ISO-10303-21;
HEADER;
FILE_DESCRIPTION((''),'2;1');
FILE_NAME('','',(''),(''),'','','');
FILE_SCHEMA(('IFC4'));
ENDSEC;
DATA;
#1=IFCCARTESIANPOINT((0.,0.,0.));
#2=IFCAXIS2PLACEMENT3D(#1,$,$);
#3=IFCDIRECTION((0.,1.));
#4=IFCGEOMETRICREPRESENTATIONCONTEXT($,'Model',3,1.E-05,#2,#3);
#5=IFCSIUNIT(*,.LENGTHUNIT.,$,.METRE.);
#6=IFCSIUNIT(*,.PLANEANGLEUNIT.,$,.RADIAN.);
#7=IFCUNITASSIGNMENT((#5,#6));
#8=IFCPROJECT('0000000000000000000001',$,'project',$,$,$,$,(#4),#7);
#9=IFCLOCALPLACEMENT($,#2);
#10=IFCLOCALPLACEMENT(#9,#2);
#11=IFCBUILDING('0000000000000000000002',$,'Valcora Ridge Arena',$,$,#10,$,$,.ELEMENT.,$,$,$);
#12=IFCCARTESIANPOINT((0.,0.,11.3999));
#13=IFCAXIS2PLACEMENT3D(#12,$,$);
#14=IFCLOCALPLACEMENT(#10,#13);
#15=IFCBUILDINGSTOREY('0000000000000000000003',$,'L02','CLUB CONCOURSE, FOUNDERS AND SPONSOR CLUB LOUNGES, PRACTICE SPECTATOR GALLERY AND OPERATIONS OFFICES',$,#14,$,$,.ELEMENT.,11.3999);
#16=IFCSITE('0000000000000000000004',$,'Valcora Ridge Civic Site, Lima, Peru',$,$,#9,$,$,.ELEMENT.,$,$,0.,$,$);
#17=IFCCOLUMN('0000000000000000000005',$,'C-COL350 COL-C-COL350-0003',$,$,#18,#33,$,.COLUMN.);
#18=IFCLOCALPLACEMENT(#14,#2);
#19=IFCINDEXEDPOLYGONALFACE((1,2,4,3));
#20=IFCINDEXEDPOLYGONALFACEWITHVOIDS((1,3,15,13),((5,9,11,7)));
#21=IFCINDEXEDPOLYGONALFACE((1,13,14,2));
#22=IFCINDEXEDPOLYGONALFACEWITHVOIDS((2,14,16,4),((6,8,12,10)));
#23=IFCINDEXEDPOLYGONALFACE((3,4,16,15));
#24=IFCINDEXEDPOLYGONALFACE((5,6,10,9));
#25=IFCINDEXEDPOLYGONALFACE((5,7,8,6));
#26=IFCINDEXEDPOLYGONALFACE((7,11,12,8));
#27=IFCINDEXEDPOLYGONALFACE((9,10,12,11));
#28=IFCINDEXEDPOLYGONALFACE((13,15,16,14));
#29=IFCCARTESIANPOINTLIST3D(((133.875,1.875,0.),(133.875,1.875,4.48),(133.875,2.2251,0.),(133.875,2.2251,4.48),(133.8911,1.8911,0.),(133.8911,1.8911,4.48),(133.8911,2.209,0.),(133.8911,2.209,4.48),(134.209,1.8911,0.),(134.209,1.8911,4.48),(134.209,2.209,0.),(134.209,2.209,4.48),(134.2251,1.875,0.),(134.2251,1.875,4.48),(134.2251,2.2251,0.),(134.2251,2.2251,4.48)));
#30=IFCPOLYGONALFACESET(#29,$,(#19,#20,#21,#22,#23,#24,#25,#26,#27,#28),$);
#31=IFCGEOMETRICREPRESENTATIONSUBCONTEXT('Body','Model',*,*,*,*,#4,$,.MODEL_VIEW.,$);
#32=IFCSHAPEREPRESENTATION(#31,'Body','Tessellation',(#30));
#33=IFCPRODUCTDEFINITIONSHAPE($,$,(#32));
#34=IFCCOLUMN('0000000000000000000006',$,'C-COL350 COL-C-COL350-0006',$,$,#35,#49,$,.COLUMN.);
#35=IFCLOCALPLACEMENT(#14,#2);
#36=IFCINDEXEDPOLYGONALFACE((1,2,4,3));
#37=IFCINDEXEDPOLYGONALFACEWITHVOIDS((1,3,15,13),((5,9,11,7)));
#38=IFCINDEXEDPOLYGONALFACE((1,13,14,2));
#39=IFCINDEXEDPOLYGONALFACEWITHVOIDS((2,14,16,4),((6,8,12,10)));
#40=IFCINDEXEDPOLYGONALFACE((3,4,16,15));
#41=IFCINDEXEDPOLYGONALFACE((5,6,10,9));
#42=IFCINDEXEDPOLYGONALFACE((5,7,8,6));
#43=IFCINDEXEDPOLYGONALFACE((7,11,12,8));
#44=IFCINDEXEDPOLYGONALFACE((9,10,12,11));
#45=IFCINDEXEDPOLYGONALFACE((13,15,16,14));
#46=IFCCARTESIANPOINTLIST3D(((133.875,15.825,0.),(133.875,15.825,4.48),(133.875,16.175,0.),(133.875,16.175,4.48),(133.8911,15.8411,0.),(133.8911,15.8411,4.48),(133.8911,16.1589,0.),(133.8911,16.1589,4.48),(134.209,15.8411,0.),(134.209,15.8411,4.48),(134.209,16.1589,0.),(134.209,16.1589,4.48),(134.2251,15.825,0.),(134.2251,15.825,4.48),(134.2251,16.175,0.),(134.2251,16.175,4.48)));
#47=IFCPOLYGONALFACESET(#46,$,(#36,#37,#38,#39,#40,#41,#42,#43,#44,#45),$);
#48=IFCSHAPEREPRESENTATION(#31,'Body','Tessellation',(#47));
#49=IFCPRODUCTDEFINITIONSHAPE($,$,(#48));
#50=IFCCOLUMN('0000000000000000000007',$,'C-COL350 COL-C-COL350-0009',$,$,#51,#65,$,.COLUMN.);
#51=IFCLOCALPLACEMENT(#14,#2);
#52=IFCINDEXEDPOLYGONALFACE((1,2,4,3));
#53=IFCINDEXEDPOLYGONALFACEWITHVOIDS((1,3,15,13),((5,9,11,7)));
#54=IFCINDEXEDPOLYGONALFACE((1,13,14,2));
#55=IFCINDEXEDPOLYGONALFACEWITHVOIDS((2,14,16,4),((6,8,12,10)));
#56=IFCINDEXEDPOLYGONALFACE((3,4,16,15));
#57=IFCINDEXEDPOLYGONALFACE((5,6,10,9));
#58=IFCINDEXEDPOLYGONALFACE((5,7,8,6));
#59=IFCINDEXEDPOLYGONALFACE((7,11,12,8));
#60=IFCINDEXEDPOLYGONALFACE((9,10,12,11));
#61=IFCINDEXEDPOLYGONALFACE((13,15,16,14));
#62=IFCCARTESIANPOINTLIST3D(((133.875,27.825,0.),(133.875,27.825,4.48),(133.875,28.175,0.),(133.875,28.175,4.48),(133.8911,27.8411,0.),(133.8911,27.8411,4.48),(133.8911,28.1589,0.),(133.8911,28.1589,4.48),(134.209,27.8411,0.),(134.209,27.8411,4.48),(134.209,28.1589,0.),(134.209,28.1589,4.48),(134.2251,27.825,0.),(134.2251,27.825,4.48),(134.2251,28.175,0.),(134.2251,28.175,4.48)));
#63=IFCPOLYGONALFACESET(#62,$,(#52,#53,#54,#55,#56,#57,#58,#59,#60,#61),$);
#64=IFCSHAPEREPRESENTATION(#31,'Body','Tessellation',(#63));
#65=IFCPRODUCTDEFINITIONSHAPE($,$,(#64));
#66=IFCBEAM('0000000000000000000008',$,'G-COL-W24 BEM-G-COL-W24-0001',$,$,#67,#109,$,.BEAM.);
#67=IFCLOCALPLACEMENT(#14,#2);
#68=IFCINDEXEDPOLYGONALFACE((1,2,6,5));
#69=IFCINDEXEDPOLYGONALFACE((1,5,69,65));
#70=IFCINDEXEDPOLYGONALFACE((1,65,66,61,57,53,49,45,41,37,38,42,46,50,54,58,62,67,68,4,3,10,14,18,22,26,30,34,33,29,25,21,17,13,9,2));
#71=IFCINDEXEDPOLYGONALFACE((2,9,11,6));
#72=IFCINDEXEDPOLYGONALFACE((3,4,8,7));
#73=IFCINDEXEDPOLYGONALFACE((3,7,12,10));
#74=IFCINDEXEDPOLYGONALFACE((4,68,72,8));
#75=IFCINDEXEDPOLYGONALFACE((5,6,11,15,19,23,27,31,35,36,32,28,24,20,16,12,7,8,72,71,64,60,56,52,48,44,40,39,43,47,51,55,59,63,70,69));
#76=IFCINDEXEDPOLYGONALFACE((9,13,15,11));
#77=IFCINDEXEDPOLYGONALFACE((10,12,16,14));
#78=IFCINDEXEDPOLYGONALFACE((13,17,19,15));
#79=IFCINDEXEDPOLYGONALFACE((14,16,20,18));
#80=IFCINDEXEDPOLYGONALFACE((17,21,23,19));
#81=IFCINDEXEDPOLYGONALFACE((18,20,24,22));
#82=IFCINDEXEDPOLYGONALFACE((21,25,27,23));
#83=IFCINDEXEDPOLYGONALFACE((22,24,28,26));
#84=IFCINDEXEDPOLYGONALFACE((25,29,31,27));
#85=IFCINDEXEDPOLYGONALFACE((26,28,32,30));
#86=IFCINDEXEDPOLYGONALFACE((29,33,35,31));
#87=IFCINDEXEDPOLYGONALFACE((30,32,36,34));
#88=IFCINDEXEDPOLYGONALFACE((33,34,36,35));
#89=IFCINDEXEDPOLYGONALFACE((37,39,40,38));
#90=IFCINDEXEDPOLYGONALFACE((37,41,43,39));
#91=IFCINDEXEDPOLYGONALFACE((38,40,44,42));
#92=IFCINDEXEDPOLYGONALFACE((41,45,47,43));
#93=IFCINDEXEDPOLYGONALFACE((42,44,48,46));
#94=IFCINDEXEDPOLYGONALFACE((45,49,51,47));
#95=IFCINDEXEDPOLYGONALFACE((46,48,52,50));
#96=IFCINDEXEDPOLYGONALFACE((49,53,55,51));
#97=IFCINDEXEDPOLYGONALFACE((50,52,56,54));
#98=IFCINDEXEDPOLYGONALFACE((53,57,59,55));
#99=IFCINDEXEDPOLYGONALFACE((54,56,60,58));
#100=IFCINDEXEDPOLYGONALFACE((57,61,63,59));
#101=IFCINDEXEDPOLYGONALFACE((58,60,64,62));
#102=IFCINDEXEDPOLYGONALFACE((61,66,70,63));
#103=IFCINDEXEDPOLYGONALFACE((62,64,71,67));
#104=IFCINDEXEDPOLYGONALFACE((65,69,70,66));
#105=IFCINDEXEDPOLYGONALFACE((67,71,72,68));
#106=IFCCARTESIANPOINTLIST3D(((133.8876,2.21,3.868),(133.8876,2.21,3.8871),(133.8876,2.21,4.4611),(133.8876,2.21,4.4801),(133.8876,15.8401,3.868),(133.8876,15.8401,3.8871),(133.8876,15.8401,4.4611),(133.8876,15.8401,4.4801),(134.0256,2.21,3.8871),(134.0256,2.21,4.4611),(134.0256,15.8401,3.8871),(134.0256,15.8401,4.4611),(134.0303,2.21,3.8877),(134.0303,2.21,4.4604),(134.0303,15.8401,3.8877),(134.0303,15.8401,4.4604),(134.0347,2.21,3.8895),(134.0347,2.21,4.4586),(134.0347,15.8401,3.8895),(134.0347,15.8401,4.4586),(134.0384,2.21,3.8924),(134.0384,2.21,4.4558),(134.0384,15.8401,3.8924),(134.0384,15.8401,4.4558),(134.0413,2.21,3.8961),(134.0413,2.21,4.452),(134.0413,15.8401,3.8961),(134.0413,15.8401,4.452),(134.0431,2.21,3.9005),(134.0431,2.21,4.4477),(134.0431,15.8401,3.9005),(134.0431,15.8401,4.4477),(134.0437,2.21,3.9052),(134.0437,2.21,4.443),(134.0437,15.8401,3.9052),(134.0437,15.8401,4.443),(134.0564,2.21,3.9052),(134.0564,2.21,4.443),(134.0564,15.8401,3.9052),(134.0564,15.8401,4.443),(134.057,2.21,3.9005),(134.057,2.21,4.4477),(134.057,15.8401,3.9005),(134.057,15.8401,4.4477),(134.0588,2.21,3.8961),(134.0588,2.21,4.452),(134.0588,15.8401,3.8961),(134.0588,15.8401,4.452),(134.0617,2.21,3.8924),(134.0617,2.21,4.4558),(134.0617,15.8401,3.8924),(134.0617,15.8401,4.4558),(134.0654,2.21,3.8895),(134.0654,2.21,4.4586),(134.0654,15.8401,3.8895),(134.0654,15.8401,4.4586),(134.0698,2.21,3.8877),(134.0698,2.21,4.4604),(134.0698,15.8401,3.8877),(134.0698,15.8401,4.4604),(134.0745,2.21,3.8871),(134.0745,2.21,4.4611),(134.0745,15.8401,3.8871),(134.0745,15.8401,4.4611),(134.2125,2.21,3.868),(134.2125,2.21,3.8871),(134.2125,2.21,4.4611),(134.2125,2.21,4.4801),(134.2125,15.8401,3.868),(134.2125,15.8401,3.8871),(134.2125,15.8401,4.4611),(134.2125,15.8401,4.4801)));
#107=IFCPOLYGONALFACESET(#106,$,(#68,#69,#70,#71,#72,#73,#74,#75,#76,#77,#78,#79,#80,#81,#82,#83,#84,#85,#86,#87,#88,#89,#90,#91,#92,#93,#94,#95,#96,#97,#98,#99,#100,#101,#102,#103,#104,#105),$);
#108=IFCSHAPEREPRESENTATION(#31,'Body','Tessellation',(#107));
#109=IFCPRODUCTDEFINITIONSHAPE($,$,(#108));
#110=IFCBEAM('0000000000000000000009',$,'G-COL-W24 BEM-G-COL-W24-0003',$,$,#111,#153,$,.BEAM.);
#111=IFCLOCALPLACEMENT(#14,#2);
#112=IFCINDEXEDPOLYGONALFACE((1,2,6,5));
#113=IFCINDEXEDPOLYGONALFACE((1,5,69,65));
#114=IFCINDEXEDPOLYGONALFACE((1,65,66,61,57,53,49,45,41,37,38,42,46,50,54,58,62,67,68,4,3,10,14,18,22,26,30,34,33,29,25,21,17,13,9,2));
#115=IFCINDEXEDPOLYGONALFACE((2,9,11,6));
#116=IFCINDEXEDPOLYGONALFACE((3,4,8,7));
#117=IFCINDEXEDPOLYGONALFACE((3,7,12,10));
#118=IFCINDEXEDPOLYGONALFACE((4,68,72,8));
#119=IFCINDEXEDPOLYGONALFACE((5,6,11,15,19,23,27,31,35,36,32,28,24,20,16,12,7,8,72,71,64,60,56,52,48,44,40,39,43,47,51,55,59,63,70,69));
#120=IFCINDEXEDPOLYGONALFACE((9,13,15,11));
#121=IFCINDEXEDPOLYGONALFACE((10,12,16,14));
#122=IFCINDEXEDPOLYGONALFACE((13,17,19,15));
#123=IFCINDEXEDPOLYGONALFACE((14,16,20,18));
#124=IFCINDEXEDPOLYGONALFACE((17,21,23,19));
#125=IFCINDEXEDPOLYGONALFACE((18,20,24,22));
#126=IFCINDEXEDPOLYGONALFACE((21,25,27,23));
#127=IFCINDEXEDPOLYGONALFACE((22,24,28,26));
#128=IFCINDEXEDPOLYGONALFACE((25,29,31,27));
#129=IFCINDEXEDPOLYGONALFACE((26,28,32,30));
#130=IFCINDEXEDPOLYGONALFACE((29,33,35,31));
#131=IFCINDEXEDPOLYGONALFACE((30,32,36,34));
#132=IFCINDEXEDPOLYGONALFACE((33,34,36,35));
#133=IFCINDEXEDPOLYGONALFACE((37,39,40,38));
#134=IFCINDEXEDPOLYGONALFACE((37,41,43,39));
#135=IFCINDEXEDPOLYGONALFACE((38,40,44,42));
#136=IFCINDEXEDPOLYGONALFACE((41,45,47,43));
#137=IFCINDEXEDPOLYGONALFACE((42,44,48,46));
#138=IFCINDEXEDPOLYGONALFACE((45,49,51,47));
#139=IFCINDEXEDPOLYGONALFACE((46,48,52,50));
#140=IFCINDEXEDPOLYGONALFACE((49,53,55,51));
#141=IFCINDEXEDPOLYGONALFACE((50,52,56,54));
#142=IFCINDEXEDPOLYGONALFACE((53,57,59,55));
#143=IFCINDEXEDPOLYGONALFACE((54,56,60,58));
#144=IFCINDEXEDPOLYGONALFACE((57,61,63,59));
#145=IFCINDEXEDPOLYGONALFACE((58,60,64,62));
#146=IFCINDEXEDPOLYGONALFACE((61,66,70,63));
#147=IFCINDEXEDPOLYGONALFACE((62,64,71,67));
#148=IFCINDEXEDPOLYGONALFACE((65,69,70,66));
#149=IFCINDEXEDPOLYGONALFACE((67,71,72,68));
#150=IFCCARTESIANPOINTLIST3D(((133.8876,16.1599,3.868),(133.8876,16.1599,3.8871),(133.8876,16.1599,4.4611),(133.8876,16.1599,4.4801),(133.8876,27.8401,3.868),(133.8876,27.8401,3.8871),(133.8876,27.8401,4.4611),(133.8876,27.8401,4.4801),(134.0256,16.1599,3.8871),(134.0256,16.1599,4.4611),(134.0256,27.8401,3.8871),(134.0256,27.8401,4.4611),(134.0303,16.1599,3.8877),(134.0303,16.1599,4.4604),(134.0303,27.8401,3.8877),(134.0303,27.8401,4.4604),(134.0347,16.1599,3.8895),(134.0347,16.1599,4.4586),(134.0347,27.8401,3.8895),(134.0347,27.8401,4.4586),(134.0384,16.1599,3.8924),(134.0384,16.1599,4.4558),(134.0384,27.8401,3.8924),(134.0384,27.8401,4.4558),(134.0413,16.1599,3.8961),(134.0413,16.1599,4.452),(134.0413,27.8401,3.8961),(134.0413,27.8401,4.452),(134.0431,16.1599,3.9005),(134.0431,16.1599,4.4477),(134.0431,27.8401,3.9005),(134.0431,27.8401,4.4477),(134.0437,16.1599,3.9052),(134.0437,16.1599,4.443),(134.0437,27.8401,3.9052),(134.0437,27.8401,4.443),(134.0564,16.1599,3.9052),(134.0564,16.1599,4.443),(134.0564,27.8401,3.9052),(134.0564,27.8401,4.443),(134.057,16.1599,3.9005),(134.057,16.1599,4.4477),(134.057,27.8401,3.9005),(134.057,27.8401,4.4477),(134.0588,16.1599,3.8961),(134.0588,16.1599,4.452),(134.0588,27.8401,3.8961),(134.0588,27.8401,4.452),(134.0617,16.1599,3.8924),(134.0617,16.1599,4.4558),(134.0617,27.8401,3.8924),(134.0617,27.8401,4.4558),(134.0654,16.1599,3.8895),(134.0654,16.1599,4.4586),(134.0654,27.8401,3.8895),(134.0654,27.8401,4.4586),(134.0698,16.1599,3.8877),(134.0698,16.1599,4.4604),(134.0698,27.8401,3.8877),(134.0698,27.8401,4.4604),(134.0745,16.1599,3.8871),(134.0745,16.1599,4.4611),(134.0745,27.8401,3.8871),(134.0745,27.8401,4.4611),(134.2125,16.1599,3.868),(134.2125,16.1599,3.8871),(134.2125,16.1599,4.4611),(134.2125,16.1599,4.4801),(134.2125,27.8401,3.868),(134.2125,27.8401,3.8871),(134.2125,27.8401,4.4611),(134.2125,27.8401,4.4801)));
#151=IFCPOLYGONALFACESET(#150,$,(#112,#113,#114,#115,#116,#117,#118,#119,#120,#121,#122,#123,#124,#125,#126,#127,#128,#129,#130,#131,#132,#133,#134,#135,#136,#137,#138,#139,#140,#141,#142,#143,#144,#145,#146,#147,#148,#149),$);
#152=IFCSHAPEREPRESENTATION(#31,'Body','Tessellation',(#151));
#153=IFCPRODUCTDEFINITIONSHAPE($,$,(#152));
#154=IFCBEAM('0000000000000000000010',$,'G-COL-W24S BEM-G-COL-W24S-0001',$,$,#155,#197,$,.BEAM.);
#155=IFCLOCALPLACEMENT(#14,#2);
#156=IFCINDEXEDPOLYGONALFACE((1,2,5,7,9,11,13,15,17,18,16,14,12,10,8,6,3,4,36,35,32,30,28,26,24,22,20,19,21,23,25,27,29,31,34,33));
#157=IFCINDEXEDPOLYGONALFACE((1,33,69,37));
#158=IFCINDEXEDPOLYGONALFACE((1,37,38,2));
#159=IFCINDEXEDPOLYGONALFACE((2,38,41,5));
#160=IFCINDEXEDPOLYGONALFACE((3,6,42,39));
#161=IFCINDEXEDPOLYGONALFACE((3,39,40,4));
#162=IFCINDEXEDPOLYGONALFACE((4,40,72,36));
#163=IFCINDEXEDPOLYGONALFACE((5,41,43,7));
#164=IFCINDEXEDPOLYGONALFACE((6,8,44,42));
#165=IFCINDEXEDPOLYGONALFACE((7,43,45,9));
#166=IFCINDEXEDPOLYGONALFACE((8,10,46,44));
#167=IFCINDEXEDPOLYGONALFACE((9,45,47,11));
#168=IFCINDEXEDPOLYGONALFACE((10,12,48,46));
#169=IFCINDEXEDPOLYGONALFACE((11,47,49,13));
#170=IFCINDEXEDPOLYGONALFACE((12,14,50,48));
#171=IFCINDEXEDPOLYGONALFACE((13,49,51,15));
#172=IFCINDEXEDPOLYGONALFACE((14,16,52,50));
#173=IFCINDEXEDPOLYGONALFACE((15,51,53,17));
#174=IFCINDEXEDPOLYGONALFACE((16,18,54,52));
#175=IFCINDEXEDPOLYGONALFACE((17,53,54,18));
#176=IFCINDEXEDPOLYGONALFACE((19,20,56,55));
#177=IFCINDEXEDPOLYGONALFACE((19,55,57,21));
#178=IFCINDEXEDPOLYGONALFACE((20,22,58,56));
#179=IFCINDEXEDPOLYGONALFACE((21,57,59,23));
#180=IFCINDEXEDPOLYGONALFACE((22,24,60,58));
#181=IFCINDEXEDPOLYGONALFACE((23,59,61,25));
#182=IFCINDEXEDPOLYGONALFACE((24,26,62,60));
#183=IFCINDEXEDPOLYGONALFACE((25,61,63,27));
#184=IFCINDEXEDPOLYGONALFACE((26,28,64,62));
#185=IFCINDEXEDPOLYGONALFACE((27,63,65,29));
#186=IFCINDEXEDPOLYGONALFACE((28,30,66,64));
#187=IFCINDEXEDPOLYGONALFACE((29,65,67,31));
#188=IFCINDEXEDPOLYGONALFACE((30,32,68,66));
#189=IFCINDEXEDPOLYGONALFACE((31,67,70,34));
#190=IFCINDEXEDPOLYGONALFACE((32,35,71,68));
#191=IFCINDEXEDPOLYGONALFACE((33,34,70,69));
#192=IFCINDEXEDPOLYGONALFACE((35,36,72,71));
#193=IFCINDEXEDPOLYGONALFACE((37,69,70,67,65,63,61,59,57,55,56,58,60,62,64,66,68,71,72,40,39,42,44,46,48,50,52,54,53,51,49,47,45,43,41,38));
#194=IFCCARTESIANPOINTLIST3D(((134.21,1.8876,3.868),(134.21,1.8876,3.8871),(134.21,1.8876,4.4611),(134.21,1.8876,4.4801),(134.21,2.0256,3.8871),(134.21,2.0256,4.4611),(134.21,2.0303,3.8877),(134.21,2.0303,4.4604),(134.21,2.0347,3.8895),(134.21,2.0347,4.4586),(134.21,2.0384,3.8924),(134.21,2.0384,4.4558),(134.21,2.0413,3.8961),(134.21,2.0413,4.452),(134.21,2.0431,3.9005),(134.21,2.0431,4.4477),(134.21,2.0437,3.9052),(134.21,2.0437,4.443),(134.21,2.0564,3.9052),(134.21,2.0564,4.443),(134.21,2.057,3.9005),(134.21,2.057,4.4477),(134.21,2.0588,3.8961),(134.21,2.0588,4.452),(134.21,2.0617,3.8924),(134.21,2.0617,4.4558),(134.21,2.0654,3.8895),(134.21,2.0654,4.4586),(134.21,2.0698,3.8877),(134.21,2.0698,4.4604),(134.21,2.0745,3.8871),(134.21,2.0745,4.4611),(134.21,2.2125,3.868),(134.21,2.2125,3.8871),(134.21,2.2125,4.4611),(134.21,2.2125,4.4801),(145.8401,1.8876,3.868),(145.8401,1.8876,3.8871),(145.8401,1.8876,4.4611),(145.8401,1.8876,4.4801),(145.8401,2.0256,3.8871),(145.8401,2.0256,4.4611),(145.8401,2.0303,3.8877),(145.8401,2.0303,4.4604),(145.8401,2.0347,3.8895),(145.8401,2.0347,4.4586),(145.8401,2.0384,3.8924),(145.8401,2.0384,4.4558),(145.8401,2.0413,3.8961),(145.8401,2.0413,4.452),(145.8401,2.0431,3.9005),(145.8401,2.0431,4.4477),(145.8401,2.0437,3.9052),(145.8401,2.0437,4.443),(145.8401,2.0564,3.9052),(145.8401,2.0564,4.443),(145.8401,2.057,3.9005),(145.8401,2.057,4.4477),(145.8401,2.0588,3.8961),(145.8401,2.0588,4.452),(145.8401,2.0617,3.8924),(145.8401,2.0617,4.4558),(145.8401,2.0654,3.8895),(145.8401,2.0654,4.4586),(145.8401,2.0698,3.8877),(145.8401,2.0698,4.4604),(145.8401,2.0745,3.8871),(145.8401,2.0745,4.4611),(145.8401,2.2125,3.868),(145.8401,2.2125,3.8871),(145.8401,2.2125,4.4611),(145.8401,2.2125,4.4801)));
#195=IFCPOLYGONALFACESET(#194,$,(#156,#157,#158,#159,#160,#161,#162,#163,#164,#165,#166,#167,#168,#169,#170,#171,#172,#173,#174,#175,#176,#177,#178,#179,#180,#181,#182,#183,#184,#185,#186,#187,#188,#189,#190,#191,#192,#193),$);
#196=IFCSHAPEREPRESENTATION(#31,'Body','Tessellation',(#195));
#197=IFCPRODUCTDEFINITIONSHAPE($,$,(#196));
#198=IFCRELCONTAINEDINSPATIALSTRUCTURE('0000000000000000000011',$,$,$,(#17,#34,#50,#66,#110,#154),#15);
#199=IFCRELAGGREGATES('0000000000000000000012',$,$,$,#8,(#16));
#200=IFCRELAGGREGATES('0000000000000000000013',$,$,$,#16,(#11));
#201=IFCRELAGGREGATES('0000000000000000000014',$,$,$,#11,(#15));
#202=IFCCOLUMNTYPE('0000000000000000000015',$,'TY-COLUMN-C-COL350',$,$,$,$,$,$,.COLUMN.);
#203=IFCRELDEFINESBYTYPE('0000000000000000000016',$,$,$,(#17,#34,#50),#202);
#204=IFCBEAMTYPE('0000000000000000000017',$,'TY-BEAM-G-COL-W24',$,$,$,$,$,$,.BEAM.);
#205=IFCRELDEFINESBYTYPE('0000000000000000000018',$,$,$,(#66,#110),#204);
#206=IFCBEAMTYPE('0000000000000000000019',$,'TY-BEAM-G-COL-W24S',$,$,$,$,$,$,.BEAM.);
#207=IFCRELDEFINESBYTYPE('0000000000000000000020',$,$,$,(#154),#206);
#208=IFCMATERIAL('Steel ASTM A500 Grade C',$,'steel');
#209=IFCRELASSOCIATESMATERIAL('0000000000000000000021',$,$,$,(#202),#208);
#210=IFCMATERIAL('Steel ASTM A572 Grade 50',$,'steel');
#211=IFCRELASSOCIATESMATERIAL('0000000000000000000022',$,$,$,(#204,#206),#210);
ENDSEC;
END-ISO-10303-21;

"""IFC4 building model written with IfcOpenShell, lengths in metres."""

from ifc_helpers import new_model, si_unit, direction, frame, origin, origin_2d, place, context, subcontext, project, spatial, hollow_rectangle, i_section, extrude, material, material_profile, profile_set, type_object, element, save


model = new_model("IFC4")

# Units and contexts
model_context = context("Model", 3, precision=1e-05, world=origin(), true_north=direction((0.0, 1.0)))
body_context = subcontext(model_context, "Body", "Model", "MODEL_VIEW")
ifc_project = project(units=[si_unit("LENGTHUNIT", "METRE"), si_unit("PLANEANGLEUNIT", "RADIAN")], contexts=[model_context])

# Site, building, storey
site_placement = place(None, origin())
site = spatial("IfcSite", under=ifc_project, at=site_placement, Name="Valcora Ridge Civic Site, Lima, Peru", CompositionType="ELEMENT", RefElevation=0.0)
building_placement = place(site_placement, origin())
building = spatial("IfcBuilding", under=site, at=building_placement, Name="Valcora Ridge Arena", CompositionType="ELEMENT")
storey_placement = place(building_placement, frame((0.0, 0.0, 11.3999)))
storey = spatial("IfcBuildingStorey", under=building, at=storey_placement, Name="L02", Description="CLUB CONCOURSE, FOUNDERS AND SPONSOR CLUB LOUNGES, PRACTICE SPECTATOR GALLERY AND OPERATIONS OFFICES", CompositionType="ELEMENT", Elevation=11.3999)

# Columns
ifc_material_1 = material(Name="Steel ASTM A500 Grade C", Category="steel")
ifc_material_profile_1 = material_profile(ifc_material_1, hollow_rectangle(XDim=0.3501, YDim=0.3501, WallThickness=0.0161, at=origin_2d()), Name="HSS350X350X16")
ifc_profile_set_1 = profile_set([ifc_material_profile_1], Name="Steel ASTM A500 Grade C")
column_type = type_object("IfcColumnType", Name="TY-COLUMN-C-COL350", PredefinedType="COLUMN", material=ifc_profile_set_1)
for number, where, z_axis, x_axis, name in (
    (1, (134.05, 2.05, 0.0), (0.0, 0.0, 1.0), (1.0, 0.0, 0.0), "C-COL350 COL-C-COL350-0003"),
    (2, (134.05, 16.0, 0.0), (0.0, 0.0, 1.0), (1.0, 0.0, 0.0), "C-COL350 COL-C-COL350-0006"),
    (3, (134.05, 28.0, 0.0), (0.0, 0.0, 1.0), (1.0, 0.0, 0.0), "C-COL350 COL-C-COL350-0009"),
):
    element("IfcColumn", number, at=place(storey_placement, frame(where, z_axis=z_axis, x_axis=x_axis)), inside=storey, type_object=column_type, Name=name, PredefinedType="COLUMN", context=body_context, shape_type="SweptSolid", body=[
        extrude(hollow_rectangle(XDim=0.3501, YDim=0.3501, WallThickness=0.0161, at=origin_2d()), origin(), (0.0, 0.0, 1.0), 4.48),
    ])

# Beams
ifc_material_2 = material(Name="Steel ASTM A572 Grade 50", Category="steel")
ifc_material_profile_2 = material_profile(ifc_material_2, i_section(OverallWidth=0.325, OverallDepth=0.6121, WebThickness=0.0127, FlangeThickness=0.019, FilletRadius=0.0181, at=origin_2d()), Name="W24X104")
ifc_profile_set_2 = profile_set([ifc_material_profile_2], Name="Steel ASTM A572 Grade 50")
beam_type_1 = type_object("IfcBeamType", Name="TY-BEAM-G-COL-W24", PredefinedType="BEAM", material=ifc_profile_set_2)
beam_1_placement = place(storey_placement, frame((134.05, 2.21, 4.1741), z_axis=(0.0, 1.0, 0.0), x_axis=(-1.0, 0.0, 0.0)))
element("IfcBeam", 4, at=beam_1_placement, inside=storey, type_object=beam_type_1, Name="G-COL-W24 BEM-G-COL-W24-0001", PredefinedType="BEAM", context=body_context, shape_type="SweptSolid", body=[
    extrude(i_section(OverallWidth=0.325, OverallDepth=0.6121, WebThickness=0.0127, FlangeThickness=0.019, FilletRadius=0.0181, at=origin_2d()), origin(), (0.0, 0.0, 1.0), 13.6301),
])
beam_2_placement = place(storey_placement, frame((134.05, 16.1599, 4.1741), z_axis=(0.0, 1.0, 0.0), x_axis=(-1.0, 0.0, 0.0)))
element("IfcBeam", 5, at=beam_2_placement, inside=storey, type_object=beam_type_1, Name="G-COL-W24 BEM-G-COL-W24-0003", PredefinedType="BEAM", context=body_context, shape_type="SweptSolid", body=[
    extrude(i_section(OverallWidth=0.325, OverallDepth=0.6121, WebThickness=0.0127, FlangeThickness=0.019, FilletRadius=0.0181, at=origin_2d()), origin(), (0.0, 0.0, 1.0), 11.6802),
])
ifc_material_profile_3 = material_profile(ifc_material_2, i_section(OverallWidth=0.325, OverallDepth=0.6121, WebThickness=0.0127, FlangeThickness=0.019, FilletRadius=0.0181, at=origin_2d()), Name="W24X104")
ifc_profile_set_3 = profile_set([ifc_material_profile_3], Name="Steel ASTM A572 Grade 50")
beam_type_2 = type_object("IfcBeamType", Name="TY-BEAM-G-COL-W24S", PredefinedType="BEAM", material=ifc_profile_set_3)
beam_3_placement = place(storey_placement, frame((134.21, 2.05, 4.1741), z_axis=(1.0, 0.0, 0.0), x_axis=(0.0, 1.0, 0.0)))
element("IfcBeam", 6, at=beam_3_placement, inside=storey, type_object=beam_type_2, Name="G-COL-W24S BEM-G-COL-W24S-0001", PredefinedType="BEAM", context=body_context, shape_type="SweptSolid", body=[
    extrude(i_section(OverallWidth=0.325, OverallDepth=0.6121, WebThickness=0.0127, FlangeThickness=0.019, FilletRadius=0.0181, at=origin_2d()), origin(), (0.0, 0.0, 1.0), 11.6301),
])

save(model, "model.ifc")
